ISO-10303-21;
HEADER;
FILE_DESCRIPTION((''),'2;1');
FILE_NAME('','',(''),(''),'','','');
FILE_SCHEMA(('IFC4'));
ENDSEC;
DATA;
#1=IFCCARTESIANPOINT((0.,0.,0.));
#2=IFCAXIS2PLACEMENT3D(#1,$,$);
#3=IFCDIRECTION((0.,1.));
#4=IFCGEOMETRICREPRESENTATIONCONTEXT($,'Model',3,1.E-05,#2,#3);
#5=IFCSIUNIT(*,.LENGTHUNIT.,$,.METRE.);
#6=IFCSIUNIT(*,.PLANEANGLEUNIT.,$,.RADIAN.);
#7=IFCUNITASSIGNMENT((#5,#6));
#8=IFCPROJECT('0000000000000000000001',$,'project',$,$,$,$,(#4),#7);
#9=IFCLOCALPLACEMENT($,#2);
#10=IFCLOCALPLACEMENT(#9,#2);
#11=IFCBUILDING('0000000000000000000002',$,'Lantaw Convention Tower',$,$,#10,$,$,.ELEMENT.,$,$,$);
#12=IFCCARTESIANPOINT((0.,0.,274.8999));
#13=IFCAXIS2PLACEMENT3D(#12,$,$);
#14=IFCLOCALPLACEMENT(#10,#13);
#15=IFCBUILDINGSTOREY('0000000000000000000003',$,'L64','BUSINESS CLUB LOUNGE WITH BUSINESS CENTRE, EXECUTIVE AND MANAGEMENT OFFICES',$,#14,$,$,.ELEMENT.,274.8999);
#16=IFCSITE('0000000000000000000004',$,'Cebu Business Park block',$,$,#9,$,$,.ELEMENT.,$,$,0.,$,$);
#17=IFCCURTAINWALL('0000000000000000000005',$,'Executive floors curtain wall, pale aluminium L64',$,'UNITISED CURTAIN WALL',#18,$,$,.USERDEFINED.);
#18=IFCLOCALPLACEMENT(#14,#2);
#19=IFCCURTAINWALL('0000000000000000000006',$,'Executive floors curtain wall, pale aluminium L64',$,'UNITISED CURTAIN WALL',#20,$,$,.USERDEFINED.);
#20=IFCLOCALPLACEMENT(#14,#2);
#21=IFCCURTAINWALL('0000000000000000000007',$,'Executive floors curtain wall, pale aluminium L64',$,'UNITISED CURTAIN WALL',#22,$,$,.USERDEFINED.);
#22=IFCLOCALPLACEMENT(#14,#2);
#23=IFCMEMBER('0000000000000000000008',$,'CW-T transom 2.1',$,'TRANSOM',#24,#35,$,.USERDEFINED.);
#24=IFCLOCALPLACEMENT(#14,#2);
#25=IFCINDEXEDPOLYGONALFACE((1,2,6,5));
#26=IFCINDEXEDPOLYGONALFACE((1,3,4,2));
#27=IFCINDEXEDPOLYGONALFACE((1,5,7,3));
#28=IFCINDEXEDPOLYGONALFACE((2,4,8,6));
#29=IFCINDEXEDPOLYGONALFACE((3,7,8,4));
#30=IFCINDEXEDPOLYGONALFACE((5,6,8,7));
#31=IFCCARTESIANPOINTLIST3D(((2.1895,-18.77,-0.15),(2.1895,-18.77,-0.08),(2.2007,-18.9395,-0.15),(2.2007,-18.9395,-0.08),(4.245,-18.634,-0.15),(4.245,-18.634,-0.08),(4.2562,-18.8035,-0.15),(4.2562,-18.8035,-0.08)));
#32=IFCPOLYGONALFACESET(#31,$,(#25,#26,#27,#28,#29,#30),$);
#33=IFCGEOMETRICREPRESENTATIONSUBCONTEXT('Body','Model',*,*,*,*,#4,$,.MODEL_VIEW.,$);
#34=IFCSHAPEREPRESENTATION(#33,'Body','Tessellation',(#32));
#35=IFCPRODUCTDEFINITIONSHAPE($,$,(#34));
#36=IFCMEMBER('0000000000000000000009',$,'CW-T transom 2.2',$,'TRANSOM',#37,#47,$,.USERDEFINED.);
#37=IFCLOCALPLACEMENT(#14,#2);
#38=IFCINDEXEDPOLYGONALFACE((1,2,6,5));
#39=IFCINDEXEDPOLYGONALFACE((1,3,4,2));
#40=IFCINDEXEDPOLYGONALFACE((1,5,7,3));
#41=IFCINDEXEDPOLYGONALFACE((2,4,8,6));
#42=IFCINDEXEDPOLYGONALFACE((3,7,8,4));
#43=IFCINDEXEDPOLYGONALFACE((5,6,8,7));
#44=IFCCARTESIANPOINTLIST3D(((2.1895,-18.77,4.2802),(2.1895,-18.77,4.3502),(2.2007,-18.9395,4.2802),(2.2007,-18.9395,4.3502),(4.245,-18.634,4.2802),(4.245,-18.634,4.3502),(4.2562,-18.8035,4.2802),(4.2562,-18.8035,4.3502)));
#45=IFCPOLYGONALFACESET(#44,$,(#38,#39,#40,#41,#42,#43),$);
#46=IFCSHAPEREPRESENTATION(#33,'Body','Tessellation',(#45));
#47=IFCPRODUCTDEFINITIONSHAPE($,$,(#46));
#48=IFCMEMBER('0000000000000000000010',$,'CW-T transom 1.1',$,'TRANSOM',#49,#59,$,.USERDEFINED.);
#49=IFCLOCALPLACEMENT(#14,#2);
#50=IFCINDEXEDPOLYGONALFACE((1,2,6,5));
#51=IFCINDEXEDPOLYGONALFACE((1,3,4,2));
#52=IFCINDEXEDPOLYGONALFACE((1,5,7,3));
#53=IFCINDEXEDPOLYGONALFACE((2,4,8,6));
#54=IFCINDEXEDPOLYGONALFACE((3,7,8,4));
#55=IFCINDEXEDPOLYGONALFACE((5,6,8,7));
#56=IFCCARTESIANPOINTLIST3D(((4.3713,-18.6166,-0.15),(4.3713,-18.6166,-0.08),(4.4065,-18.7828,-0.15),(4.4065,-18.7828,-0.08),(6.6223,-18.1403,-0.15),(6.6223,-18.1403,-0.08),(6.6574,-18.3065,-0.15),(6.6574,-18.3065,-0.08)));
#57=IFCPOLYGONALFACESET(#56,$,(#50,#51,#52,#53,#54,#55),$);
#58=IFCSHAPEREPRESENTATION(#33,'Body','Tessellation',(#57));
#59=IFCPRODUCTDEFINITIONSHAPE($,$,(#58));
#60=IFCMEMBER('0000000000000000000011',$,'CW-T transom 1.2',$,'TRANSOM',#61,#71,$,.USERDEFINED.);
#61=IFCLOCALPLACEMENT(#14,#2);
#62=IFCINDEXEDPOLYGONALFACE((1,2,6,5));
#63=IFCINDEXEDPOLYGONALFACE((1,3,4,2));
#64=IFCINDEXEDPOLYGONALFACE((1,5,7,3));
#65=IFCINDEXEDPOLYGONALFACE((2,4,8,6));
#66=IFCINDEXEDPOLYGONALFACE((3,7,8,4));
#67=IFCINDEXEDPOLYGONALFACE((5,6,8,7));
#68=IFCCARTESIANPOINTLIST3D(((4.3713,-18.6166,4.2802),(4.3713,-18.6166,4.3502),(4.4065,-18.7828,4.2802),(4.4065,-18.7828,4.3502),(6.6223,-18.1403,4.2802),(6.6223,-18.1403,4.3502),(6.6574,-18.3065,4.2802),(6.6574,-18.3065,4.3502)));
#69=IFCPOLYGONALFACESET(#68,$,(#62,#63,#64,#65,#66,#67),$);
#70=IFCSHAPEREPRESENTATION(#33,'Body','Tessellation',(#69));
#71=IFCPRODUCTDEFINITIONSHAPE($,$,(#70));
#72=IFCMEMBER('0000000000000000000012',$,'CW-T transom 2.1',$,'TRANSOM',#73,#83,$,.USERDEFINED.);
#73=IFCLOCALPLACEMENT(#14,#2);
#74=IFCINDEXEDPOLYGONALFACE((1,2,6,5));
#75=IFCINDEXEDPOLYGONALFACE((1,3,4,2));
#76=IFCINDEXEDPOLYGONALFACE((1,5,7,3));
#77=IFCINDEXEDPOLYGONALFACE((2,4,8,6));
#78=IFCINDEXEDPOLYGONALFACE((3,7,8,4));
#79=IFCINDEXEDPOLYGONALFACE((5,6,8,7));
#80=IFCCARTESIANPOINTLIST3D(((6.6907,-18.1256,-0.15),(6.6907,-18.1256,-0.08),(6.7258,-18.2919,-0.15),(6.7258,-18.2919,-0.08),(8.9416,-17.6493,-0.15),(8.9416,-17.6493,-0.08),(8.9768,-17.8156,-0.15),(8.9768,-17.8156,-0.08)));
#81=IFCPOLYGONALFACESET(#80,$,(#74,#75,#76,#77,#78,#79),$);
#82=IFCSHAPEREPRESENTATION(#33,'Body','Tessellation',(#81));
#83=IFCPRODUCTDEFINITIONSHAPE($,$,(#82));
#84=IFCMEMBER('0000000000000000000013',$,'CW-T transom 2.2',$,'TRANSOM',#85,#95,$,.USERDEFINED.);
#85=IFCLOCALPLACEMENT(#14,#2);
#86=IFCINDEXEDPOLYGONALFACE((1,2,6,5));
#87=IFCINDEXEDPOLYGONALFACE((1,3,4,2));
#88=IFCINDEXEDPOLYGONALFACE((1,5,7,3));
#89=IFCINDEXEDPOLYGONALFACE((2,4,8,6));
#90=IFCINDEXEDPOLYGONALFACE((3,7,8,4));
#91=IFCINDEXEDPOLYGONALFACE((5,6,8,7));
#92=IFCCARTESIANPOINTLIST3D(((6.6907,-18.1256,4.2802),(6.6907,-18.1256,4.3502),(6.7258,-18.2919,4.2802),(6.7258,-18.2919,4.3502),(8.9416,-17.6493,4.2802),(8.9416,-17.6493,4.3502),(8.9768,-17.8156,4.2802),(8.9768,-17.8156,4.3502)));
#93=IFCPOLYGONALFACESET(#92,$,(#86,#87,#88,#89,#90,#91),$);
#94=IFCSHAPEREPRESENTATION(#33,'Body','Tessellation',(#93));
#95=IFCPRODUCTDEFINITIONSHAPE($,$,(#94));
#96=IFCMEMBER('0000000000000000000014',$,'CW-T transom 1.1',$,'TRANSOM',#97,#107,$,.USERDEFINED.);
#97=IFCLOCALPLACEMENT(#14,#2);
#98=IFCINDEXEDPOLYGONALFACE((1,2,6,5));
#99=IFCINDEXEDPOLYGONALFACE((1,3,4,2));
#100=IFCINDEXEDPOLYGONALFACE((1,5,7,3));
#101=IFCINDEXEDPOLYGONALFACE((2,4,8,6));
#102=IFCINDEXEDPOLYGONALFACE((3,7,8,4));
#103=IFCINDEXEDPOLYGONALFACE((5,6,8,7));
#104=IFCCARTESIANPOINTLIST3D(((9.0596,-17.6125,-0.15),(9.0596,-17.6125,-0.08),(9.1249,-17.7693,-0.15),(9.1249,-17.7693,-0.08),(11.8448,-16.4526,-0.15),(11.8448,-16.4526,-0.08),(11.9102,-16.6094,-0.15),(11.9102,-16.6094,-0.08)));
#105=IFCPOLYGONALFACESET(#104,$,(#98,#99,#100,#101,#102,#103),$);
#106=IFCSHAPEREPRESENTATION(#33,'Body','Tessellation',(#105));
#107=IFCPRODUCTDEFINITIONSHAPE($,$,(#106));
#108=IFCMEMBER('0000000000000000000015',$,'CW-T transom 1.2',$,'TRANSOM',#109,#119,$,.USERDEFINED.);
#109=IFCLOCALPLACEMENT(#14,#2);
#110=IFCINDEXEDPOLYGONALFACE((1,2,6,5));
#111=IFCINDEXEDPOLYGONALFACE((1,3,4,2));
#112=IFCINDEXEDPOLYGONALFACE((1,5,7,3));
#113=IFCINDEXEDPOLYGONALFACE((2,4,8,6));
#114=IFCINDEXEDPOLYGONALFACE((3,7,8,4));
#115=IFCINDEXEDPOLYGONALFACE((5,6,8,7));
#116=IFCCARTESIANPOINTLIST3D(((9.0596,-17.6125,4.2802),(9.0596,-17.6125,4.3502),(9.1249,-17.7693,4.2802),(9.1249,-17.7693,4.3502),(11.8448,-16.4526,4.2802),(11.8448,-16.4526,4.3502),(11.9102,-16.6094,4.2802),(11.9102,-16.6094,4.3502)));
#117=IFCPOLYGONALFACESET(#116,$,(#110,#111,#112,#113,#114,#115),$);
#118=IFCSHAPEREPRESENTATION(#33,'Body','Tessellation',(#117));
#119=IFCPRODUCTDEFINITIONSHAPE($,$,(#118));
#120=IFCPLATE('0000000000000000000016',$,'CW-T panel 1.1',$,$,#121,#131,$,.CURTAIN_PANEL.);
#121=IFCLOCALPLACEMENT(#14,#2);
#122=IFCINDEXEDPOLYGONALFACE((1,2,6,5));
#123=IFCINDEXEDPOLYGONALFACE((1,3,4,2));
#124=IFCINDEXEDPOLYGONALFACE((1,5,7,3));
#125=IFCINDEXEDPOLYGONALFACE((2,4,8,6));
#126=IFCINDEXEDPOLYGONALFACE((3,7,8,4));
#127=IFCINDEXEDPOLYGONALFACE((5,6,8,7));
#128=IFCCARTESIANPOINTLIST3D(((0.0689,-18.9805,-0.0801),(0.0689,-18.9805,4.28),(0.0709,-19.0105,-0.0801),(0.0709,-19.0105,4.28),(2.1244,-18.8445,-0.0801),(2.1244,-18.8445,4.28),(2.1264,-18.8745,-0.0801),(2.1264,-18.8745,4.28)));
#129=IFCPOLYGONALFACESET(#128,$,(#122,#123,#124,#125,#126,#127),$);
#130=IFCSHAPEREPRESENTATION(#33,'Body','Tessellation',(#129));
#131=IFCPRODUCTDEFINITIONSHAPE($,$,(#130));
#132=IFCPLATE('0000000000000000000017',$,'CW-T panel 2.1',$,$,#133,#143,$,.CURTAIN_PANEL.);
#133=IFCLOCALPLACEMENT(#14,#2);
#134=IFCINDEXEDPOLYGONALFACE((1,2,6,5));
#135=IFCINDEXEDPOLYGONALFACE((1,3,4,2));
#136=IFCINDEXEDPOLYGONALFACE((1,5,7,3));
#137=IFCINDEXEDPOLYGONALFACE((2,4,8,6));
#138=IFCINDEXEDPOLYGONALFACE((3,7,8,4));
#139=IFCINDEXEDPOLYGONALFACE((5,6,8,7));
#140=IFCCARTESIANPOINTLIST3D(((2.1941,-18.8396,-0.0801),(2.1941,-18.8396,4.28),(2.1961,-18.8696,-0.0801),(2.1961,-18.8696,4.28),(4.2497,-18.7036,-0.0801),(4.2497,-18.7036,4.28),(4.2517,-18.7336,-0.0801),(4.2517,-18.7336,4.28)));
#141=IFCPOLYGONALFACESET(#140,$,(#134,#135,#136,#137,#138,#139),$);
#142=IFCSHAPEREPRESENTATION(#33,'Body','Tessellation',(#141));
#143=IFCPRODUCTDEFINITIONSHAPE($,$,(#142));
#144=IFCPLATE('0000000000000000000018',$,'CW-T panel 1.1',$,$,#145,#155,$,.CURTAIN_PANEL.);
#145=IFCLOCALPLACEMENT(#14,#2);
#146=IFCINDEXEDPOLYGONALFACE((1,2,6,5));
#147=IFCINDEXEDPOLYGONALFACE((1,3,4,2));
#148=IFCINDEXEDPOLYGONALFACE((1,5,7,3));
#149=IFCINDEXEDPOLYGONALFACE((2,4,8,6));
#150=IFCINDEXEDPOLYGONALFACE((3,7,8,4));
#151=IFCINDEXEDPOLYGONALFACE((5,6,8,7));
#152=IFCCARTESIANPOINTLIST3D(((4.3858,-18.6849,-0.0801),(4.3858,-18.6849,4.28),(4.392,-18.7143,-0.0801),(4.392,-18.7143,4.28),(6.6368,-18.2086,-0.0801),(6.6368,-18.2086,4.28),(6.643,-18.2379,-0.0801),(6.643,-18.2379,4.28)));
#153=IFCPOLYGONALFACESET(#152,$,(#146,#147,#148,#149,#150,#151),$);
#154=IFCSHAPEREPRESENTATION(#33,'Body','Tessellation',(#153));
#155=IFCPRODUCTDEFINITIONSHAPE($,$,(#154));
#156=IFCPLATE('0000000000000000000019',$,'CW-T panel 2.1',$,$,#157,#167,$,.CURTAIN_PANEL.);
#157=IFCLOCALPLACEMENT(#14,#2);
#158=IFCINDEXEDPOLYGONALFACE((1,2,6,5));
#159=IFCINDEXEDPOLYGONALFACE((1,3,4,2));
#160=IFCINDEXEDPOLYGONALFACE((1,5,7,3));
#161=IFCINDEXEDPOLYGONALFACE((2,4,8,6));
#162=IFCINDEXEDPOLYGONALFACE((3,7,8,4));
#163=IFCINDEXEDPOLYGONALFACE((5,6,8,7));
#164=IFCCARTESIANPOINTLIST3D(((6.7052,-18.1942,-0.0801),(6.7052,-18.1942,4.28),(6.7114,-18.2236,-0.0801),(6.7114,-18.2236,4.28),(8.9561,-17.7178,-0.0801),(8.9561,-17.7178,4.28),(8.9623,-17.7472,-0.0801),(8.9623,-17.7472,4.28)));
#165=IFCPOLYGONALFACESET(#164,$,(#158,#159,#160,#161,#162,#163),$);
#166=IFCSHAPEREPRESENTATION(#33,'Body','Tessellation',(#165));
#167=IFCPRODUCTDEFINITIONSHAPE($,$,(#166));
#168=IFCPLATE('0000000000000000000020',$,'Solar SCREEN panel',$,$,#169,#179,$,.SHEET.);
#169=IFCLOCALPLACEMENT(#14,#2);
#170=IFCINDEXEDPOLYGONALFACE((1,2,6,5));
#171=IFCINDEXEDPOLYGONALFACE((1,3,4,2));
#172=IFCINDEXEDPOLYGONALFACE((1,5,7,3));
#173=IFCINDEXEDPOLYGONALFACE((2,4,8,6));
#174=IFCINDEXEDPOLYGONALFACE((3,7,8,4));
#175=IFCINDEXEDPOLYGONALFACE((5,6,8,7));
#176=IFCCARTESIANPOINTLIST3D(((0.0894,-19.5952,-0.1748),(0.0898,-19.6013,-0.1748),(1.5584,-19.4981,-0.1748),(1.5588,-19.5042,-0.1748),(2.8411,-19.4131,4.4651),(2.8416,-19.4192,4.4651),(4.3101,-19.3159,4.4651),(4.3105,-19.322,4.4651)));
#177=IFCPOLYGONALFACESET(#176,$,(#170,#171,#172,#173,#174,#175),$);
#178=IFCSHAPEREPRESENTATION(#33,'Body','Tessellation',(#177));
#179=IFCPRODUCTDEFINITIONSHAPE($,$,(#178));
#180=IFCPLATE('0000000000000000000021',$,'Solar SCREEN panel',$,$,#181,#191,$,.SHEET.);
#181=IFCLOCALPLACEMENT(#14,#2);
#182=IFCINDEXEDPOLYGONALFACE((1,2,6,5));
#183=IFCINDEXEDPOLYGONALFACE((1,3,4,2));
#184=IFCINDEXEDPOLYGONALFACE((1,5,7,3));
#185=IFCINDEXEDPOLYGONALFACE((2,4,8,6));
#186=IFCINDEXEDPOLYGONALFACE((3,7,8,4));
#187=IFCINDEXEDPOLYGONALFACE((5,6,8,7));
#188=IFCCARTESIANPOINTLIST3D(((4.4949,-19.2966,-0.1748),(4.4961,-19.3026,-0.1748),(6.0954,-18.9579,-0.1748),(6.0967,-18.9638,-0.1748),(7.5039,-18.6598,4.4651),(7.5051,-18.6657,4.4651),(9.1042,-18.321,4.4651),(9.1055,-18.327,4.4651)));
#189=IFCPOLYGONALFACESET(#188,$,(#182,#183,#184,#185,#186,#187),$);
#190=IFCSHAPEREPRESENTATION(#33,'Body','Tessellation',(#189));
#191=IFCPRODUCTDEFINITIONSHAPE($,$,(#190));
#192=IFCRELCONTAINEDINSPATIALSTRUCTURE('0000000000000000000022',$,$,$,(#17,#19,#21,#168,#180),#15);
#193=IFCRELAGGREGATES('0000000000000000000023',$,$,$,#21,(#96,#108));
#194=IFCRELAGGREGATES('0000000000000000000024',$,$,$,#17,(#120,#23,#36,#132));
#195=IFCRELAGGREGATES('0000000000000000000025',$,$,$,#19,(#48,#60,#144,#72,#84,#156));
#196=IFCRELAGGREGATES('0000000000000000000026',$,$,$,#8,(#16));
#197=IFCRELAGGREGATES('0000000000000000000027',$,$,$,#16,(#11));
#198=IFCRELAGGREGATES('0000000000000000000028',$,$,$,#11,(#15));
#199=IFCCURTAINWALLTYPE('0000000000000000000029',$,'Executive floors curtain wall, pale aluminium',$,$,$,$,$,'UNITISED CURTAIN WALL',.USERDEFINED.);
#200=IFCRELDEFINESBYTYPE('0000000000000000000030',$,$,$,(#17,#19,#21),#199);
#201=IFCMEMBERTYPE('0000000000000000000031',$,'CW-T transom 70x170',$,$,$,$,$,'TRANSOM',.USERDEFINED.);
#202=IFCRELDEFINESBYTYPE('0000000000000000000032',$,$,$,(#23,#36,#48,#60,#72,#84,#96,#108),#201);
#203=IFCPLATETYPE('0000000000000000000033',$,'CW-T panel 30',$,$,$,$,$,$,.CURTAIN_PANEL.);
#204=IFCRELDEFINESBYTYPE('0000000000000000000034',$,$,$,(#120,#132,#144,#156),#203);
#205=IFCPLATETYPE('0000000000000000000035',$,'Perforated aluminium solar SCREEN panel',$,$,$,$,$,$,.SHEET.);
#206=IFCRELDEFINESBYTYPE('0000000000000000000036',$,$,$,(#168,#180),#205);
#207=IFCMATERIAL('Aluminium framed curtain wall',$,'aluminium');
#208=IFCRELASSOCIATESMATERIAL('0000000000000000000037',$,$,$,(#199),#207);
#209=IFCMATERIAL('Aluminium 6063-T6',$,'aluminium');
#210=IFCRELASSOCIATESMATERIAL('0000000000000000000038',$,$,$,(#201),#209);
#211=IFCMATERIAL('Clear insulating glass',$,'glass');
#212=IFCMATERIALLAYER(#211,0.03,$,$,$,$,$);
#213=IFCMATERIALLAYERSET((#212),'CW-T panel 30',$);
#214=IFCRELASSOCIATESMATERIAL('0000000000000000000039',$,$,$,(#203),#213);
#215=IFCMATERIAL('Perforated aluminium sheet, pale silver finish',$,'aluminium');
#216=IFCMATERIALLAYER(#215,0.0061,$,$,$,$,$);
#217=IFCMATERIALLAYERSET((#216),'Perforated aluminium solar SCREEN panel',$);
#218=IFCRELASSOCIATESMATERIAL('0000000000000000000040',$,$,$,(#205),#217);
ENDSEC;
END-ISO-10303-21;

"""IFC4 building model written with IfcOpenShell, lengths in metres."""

from ifc_helpers import new_model, si_unit, direction, frame, origin, origin_2d, place, context, subcontext, project, spatial, polyline, rectangle, outline, extrude, material, layer, layer_set, material_profile, profile_set, type_object, element, aggregate, save


model = new_model("IFC4")

# Units and contexts
model_context = context("Model", 3, precision=1e-05, world=origin(), true_north=direction((0.0, 1.0)))
body_context = subcontext(model_context, "Body", "Model", "MODEL_VIEW")
ifc_project = project(units=[si_unit("LENGTHUNIT", "METRE"), si_unit("PLANEANGLEUNIT", "RADIAN")], contexts=[model_context])

# Site, building, storey
site_placement = place(None, origin())
site = spatial("IfcSite", under=ifc_project, at=site_placement, Name="Cebu Business Park block", CompositionType="ELEMENT", RefElevation=0.0)
building_placement = place(site_placement, origin())
building = spatial("IfcBuilding", under=site, at=building_placement, Name="Lantaw Convention Tower", CompositionType="ELEMENT")
storey_placement = place(building_placement, frame((0.0, 0.0, 274.8999)))
storey = spatial("IfcBuildingStorey", under=building, at=storey_placement, Name="L64", Description="BUSINESS CLUB LOUNGE WITH BUSINESS CENTRE, EXECUTIVE AND MANAGEMENT OFFICES", CompositionType="ELEMENT", Elevation=274.8999)

# Curtain walls
ifc_material_1 = material(Name="Aluminium framed curtain wall", Category="aluminium")
curtain_wall_type = type_object("IfcCurtainWallType", Name="Executive floors curtain wall, pale aluminium", ElementType="UNITISED CURTAIN WALL", PredefinedType="USERDEFINED", material=ifc_material_1)
curtain_wall_1_placement = place(storey_placement, origin())
curtain_wall_1 = element("IfcCurtainWall", 1, at=curtain_wall_1_placement, inside=storey, type_object=curtain_wall_type, Name="Executive floors curtain wall, pale aluminium L64", ObjectType="UNITISED CURTAIN WALL", PredefinedType="USERDEFINED")
ifc_material_2 = material(Name="Aluminium 6063-T6", Category="aluminium")
curtain_wall_2_placement = place(storey_placement, origin())
curtain_wall_2 = element("IfcCurtainWall", 2, at=curtain_wall_2_placement, inside=storey, type_object=curtain_wall_type, Name="Executive floors curtain wall, pale aluminium L64", ObjectType="UNITISED CURTAIN WALL", PredefinedType="USERDEFINED")

# Curtain wall
curtain_wall_3_placement = place(storey_placement, origin())
curtain_wall_3 = element("IfcCurtainWall", 3, at=curtain_wall_3_placement, inside=storey, type_object=curtain_wall_type, Name="Executive floors curtain wall, pale aluminium L64", ObjectType="UNITISED CURTAIN WALL", PredefinedType="USERDEFINED")

# Members
ifc_material_profile_1 = material_profile(ifc_material_2, rectangle(XDim=0.1699, YDim=0.0701, at=origin_2d()), Name="CW-T transom 70x170")
ifc_profile_set_1 = profile_set([ifc_material_profile_1], Name="Aluminium 6063-T6")
member_type_1 = type_object("IfcMemberType", Name="CW-T transom 70x170", ElementType="TRANSOM", PredefinedType="USERDEFINED", material=ifc_profile_set_1)
member_1_placement = place(storey_placement, frame((2.1951, -18.8547, -0.115), z_axis=(0.997819, 0.066008, 0.0), x_axis=(-0.066008, 0.997819, 0.0)))
member_1 = element("IfcMember", 4, at=member_1_placement, type_object=member_type_1, Name="CW-T transom 2.1", ObjectType="TRANSOM", PredefinedType="USERDEFINED", context=body_context, shape_type="SweptSolid", body=[
    extrude(rectangle(XDim=0.1699, YDim=0.0701, at=origin_2d()), origin(), (0.0, 0.0, 1.0), 2.0601),
])
member_2_placement = place(storey_placement, frame((2.1951, -18.8547, 4.3152), z_axis=(0.997819, 0.066008, 0.0), x_axis=(-0.066008, 0.997819, 0.0)))
member_2 = element("IfcMember", 5, at=member_2_placement, type_object=member_type_1, Name="CW-T transom 2.2", ObjectType="TRANSOM", PredefinedType="USERDEFINED", context=body_context, shape_type="SweptSolid", body=[
    extrude(rectangle(XDim=0.1699, YDim=0.0701, at=origin_2d()), origin(), (0.0, 0.0, 1.0), 2.0601),
])
member_3_placement = place(storey_placement, frame((4.3889, -18.6997, -0.115), z_axis=(0.978336, 0.207021, 0.0), x_axis=(-0.207021, 0.978336, 0.0)))
member_3 = element("IfcMember", 6, at=member_3_placement, type_object=member_type_1, Name="CW-T transom 1.1", ObjectType="TRANSOM", PredefinedType="USERDEFINED", context=body_context, shape_type="SweptSolid", body=[
    extrude(rectangle(XDim=0.1699, YDim=0.0701, at=origin_2d()), origin(), (0.0, 0.0, 1.0), 2.3008),
])
member_4_placement = place(storey_placement, frame((4.3889, -18.6997, 4.3152), z_axis=(0.978336, 0.207021, 0.0), x_axis=(-0.207021, 0.978336, 0.0)))
member_4 = element("IfcMember", 7, at=member_4_placement, type_object=member_type_1, Name="CW-T transom 1.2", ObjectType="TRANSOM", PredefinedType="USERDEFINED", context=body_context, shape_type="SweptSolid", body=[
    extrude(rectangle(XDim=0.1699, YDim=0.0701, at=origin_2d()), origin(), (0.0, 0.0, 1.0), 2.3008),
])
member_5_placement = place(storey_placement, frame((6.7083, -18.2087, -0.115), z_axis=(0.978336, 0.207021, 0.0), x_axis=(-0.207021, 0.978336, 0.0)))
member_5 = element("IfcMember", 8, at=member_5_placement, type_object=member_type_1, Name="CW-T transom 2.1", ObjectType="TRANSOM", PredefinedType="USERDEFINED", context=body_context, shape_type="SweptSolid", body=[
    extrude(rectangle(XDim=0.1699, YDim=0.0701, at=origin_2d()), origin(), (0.0, 0.0, 1.0), 2.3008),
])
member_6_placement = place(storey_placement, frame((6.7083, -18.2087, 4.3152), z_axis=(0.978336, 0.207021, 0.0), x_axis=(-0.207021, 0.978336, 0.0)))
member_6 = element("IfcMember", 9, at=member_6_placement, type_object=member_type_1, Name="CW-T transom 2.2", ObjectType="TRANSOM", PredefinedType="USERDEFINED", context=body_context, shape_type="SweptSolid", body=[
    extrude(rectangle(XDim=0.1699, YDim=0.0701, at=origin_2d()), origin(), (0.0, 0.0, 1.0), 2.3008),
])
member_7_placement = place(storey_placement, frame((9.0923, -17.6909, -0.115), z_axis=(0.923144, 0.384454, 0.0), x_axis=(-0.384454, 0.923144, 0.0)))
member_7 = element("IfcMember", 10, at=member_7_placement, type_object=member_type_1, Name="CW-T transom 1.1", ObjectType="TRANSOM", PredefinedType="USERDEFINED", context=body_context, shape_type="SweptSolid", body=[
    extrude(rectangle(XDim=0.1699, YDim=0.0701, at=origin_2d()), origin(), (0.0, 0.0, 1.0), 3.0171),
])
member_8_placement = place(storey_placement, frame((9.0923, -17.6909, 4.3152), z_axis=(0.923144, 0.384454, 0.0), x_axis=(-0.384454, 0.923144, 0.0)))
member_8 = element("IfcMember", 11, at=member_8_placement, type_object=member_type_1, Name="CW-T transom 1.2", ObjectType="TRANSOM", PredefinedType="USERDEFINED", context=body_context, shape_type="SweptSolid", body=[
    extrude(rectangle(XDim=0.1699, YDim=0.0701, at=origin_2d()), origin(), (0.0, 0.0, 1.0), 3.0171),
])
aggregate(curtain_wall_3, [member_7, member_8])

# Plates
ifc_material_3 = material(Name="Clear insulating glass", Category="glass")
ifc_layer_1 = layer(ifc_material_3, 0.03)
ifc_layer_set_1 = layer_set([ifc_layer_1], Name="CW-T panel 30")
plate_type_1 = type_object("IfcPlateType", Name="CW-T panel 30", PredefinedType="CURTAIN_PANEL", material=ifc_layer_set_1)
plate_1_placement = place(storey_placement, frame((1.0977, -18.9275, -0.0801), z_axis=(0.0, 0.0, 1.0), x_axis=(0.997818, 0.066025, 0.0)))
plate_1 = element("IfcPlate", 12, at=plate_1_placement, type_object=plate_type_1, Name="CW-T panel 1.1", PredefinedType="CURTAIN_PANEL", context=body_context, shape_type="SweptSolid", body=[
    extrude(rectangle(XDim=2.0601, YDim=0.03, at=origin_2d()), origin(), (0.0, 0.0, 1.0), 4.3601),
])
plate_2_placement = place(storey_placement, frame((3.2229, -18.7866, -0.0801), z_axis=(0.0, 0.0, 1.0), x_axis=(0.997818, 0.066025, 0.0)))
plate_2 = element("IfcPlate", 13, at=plate_2_placement, type_object=plate_type_1, Name="CW-T panel 2.1", PredefinedType="CURTAIN_PANEL", context=body_context, shape_type="SweptSolid", body=[
    extrude(rectangle(XDim=2.0601, YDim=0.03, at=origin_2d()), origin(), (0.0, 0.0, 1.0), 4.3601),
])
aggregate(curtain_wall_1, [plate_1, member_1, member_2, plate_2])
plate_3_placement = place(storey_placement, frame((5.5144, -18.4614, -0.0801), z_axis=(0.0, 0.0, 1.0), x_axis=(0.978332, 0.20704, 0.0)))
plate_3 = element("IfcPlate", 14, at=plate_3_placement, type_object=plate_type_1, Name="CW-T panel 1.1", PredefinedType="CURTAIN_PANEL", context=body_context, shape_type="SweptSolid", body=[
    extrude(rectangle(XDim=2.3008, YDim=0.03, at=origin_2d()), origin(), (0.0, 0.0, 1.0), 4.3601),
])
plate_4_placement = place(storey_placement, frame((7.8337, -17.9707, -0.0801), z_axis=(0.0, 0.0, 1.0), x_axis=(0.978332, 0.20704, 0.0)))
plate_4 = element("IfcPlate", 15, at=plate_4_placement, type_object=plate_type_1, Name="CW-T panel 2.1", PredefinedType="CURTAIN_PANEL", context=body_context, shape_type="SweptSolid", body=[
    extrude(rectangle(XDim=2.3008, YDim=0.03, at=origin_2d()), origin(), (0.0, 0.0, 1.0), 4.3601),
])
aggregate(curtain_wall_2, [member_3, member_4, plate_3, member_5, member_6, plate_4])

# Plates
ifc_material_4 = material(Name="Perforated aluminium sheet, pale silver finish", Category="aluminium")
ifc_layer_2 = layer(ifc_material_4, 0.0061)
ifc_layer_set_2 = layer_set([ifc_layer_2], Name="Perforated aluminium solar SCREEN panel")
plate_type_2 = type_object("IfcPlateType", Name="Perforated aluminium solar SCREEN panel", PredefinedType="SHEET", material=ifc_layer_set_2)
plate_5_placement = place(storey_placement, frame((0.0898, -19.6013, -0.1748), z_axis=(0.066002, -0.99782, 0.000025), x_axis=(0.99782, 0.066002, 0.0)))
element("IfcPlate", 16, at=plate_5_placement, inside=storey, type_object=plate_type_2, Name="Solar SCREEN panel", PredefinedType="SHEET", context=body_context, shape_type="SweptSolid", body=[
    extrude(outline(polyline([(0.0, 0.0), (1.4722, 0.0), (4.2299, 4.6399), (2.7577, 4.6399), (0.0, 0.0)])), origin(), (0.0, 0.0, -1.0), 0.0061),
])
plate_6_placement = place(storey_placement, frame((4.4949, -19.2966, -0.1748), z_axis=(-0.207067, 0.978327, 0.000002), x_axis=(0.978327, 0.207067, 0.0)))
element("IfcPlate", 17, at=plate_6_placement, inside=storey, type_object=plate_type_2, Name="Solar SCREEN panel", PredefinedType="SHEET", context=body_context, shape_type="SweptSolid", body=[
    extrude(outline(polyline([(0.0, 0.0), (1.636, 0.0), (4.7115, -4.6399), (3.0757, -4.6399), (0.0, 0.0)])), origin(), (0.0, 0.0, -1.0), 0.0061),
])

save(model, "model.ifc")
